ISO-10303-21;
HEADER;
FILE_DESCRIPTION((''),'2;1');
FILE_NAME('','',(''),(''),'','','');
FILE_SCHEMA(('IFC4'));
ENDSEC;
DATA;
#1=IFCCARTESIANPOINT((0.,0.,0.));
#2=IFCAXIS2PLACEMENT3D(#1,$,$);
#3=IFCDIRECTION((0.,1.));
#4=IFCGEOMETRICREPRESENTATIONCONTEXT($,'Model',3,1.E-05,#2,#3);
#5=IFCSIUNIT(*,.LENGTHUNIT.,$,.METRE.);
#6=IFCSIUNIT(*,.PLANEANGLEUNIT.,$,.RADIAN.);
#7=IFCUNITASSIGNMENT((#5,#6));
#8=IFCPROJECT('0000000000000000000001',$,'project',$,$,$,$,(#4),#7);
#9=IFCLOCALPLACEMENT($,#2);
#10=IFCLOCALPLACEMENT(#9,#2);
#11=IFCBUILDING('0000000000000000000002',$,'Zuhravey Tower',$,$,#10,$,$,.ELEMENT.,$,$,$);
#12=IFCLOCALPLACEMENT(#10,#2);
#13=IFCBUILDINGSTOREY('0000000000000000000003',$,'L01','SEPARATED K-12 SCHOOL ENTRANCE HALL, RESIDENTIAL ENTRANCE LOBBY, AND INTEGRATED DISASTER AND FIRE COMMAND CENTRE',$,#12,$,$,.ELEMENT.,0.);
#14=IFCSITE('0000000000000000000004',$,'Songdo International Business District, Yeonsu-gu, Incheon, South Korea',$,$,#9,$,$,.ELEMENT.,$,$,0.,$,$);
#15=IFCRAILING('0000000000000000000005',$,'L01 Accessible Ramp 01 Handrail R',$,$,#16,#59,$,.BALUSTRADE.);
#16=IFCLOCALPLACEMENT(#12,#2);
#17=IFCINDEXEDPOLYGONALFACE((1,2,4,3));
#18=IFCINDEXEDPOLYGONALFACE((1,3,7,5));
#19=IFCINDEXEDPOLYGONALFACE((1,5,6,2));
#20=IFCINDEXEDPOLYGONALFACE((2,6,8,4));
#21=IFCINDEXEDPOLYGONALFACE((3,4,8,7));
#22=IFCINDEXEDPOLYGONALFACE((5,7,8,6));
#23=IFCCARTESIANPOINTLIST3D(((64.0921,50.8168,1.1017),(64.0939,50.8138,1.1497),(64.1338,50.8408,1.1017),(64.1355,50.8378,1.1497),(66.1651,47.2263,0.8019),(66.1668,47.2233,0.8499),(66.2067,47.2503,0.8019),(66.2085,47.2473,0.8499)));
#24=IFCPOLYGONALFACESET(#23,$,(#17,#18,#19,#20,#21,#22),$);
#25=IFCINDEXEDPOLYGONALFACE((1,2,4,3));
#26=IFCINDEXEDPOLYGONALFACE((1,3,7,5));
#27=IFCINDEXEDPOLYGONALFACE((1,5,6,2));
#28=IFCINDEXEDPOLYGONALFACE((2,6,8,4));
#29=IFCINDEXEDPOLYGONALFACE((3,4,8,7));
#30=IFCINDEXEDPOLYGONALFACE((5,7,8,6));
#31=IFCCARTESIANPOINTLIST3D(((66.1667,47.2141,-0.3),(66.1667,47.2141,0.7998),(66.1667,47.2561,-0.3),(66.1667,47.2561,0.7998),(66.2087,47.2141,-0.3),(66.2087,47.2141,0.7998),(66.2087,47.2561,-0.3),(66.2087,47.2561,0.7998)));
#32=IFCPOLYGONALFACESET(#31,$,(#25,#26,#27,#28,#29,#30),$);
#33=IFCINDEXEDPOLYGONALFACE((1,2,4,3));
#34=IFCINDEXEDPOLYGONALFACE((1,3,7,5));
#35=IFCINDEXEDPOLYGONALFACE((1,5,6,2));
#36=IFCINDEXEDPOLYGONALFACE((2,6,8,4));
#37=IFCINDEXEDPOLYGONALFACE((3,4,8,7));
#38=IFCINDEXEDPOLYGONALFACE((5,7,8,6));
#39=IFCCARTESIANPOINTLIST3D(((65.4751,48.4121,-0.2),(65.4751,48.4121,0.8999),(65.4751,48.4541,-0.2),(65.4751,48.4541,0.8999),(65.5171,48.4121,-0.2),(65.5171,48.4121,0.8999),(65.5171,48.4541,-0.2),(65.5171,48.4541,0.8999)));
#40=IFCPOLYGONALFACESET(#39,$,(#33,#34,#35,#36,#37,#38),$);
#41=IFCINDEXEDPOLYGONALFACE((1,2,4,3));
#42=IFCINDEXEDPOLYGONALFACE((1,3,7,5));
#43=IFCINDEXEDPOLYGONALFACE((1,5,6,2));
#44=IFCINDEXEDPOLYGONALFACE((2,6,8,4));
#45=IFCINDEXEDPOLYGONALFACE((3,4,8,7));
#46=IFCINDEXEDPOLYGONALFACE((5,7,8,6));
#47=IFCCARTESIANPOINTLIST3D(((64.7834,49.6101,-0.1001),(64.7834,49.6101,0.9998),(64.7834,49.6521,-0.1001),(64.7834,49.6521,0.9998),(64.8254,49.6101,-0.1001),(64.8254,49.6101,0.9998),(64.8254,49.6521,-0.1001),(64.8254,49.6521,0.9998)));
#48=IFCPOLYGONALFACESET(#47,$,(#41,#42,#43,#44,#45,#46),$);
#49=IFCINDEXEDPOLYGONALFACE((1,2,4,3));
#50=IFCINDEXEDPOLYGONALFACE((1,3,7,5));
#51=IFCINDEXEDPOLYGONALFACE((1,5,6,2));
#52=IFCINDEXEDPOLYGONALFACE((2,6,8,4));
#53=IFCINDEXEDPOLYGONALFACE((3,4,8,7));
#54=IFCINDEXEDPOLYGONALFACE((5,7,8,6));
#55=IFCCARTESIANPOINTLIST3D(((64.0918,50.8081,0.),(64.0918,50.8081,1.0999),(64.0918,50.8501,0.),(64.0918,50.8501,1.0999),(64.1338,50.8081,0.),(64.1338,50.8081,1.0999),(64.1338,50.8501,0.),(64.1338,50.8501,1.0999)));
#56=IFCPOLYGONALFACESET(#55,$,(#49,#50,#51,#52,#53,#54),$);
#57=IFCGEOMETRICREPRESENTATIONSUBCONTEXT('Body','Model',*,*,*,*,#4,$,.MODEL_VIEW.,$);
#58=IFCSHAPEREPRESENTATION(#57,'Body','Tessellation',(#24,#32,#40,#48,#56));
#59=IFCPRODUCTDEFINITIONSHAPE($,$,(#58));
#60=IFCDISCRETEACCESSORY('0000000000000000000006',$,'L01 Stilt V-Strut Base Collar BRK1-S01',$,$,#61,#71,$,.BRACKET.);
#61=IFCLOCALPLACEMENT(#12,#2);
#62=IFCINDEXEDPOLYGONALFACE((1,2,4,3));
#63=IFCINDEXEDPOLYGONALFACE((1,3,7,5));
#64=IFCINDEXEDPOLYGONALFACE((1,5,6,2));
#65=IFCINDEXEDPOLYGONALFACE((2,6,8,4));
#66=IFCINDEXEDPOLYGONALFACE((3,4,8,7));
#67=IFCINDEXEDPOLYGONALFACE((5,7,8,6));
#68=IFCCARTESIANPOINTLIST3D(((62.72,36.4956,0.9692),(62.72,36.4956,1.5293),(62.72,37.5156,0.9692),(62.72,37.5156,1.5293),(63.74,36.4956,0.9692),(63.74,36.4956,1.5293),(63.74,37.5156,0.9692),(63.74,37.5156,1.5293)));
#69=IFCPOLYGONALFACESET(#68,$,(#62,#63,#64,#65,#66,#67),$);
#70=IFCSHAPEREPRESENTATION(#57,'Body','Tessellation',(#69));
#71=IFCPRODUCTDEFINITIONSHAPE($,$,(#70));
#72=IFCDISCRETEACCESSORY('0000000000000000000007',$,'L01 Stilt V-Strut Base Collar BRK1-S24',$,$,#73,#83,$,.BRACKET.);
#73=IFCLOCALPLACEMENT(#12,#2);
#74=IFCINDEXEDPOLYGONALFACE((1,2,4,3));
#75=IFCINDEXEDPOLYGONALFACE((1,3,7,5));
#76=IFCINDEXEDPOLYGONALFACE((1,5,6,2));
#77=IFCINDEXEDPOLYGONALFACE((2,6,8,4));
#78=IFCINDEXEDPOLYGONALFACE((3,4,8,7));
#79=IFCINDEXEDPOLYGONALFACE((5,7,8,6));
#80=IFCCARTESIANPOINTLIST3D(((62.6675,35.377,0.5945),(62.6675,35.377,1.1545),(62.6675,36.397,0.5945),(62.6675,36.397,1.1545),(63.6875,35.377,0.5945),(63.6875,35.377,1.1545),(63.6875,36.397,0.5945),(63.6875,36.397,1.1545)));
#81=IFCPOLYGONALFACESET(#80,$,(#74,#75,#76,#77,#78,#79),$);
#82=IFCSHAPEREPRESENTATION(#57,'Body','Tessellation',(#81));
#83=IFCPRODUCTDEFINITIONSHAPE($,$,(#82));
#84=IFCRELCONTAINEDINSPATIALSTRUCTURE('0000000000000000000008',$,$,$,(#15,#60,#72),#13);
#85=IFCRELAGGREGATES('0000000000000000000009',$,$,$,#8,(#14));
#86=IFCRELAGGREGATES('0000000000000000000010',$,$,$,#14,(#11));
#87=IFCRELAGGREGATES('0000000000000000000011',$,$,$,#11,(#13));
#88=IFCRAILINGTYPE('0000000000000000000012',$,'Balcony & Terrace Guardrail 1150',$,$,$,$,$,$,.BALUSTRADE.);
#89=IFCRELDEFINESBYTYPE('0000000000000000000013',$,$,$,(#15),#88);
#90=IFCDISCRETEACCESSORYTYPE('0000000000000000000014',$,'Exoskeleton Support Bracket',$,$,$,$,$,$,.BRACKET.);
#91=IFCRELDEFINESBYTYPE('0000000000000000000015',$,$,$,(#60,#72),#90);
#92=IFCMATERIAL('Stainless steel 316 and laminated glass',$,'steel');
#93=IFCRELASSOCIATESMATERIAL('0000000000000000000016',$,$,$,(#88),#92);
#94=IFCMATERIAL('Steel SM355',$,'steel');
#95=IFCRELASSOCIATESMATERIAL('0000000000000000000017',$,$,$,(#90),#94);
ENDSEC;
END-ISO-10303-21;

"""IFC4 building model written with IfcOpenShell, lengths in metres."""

from ifc_helpers import new_model, si_unit, direction, frame, origin, origin_2d, place, context, subcontext, project, spatial, rectangle, extrude, material, type_object, element, save


model = new_model("IFC4")

# Units and contexts
model_context = context("Model", 3, precision=1e-05, world=origin(), true_north=direction((0.0, 1.0)))
body_context = subcontext(model_context, "Body", "Model", "MODEL_VIEW")
ifc_project = project(units=[si_unit("LENGTHUNIT", "METRE"), si_unit("PLANEANGLEUNIT", "RADIAN")], contexts=[model_context])

# Site, building, storey
site_placement = place(None, origin())
site = spatial("IfcSite", under=ifc_project, at=site_placement, Name="Songdo International Business District, Yeonsu-gu, Incheon, South Korea", CompositionType="ELEMENT", RefElevation=0.0)
building_placement = place(site_placement, origin())
building = spatial("IfcBuilding", under=site, at=building_placement, Name="Zuhravey Tower", CompositionType="ELEMENT")
storey_placement = place(building_placement, origin())
storey = spatial("IfcBuildingStorey", under=building, at=storey_placement, Name="L01", Description="SEPARATED K-12 SCHOOL ENTRANCE HALL, RESIDENTIAL ENTRANCE LOBBY, AND INTEGRATED DISASTER AND FIRE COMMAND CENTRE", CompositionType="ELEMENT", Elevation=0.0)

# Railing
ifc_material_1 = material(Name="Stainless steel 316 and laminated glass", Category="steel")
railing_type = type_object("IfcRailingType", Name="Balcony & Terrace Guardrail 1150", PredefinedType="BALUSTRADE", material=ifc_material_1)
for number, where, name in (
    (1, (66.1877, 47.2351, -0.3), "L01 Accessible Ramp 01 Handrail R"),
):
    element("IfcRailing", number, at=place(storey_placement, frame(where)), inside=storey, type_object=railing_type, Name=name, PredefinedType="BALUSTRADE", context=body_context, shape_type="SweptSolid", body=[
        extrude(rectangle(XDim=0.0481, YDim=0.0481, at=origin_2d()), frame((-0.001, 0.0017, 1.126), z_axis=(-0.498691, 0.863775, 0.072113), x_axis=(-0.86603, -0.499992, 0.0)), (0.0, 0.0, 1.0), 4.1567),
        extrude(rectangle(XDim=0.042, YDim=0.042, at=origin_2d()), origin(), (0.0, 0.0, 1.0), 1.0999),
        extrude(rectangle(XDim=0.042, YDim=0.042, at=origin_2d()), frame((-0.6917, 1.198, 0.1001)), (0.0, 0.0, 1.0), 1.0999),
        extrude(rectangle(XDim=0.042, YDim=0.042, at=origin_2d()), frame((-1.3833, 2.396, 0.2)), (0.0, 0.0, 1.0), 1.0999),
        extrude(rectangle(XDim=0.042, YDim=0.042, at=origin_2d()), frame((-2.075, 3.594, 0.3)), (0.0, 0.0, 1.0), 1.0999),
    ])

# Discrete accessories
ifc_material_2 = material(Name="Steel SM355", Category="steel")
discrete_accessory_type = type_object("IfcDiscreteAccessoryType", Name="Exoskeleton Support Bracket", PredefinedType="BRACKET", material=ifc_material_2)
for number, where, z_axis, x_axis, name in (
    (2, (63.23, 37.0056, 0.9692), (0.0, 0.0, 1.0), (1.0, 0.0, 0.0), "L01 Stilt V-Strut Base Collar BRK1-S01"),
    (3, (63.1775, 35.887, 0.5945), (0.0, 0.0, 1.0), (1.0, 0.0, 0.0), "L01 Stilt V-Strut Base Collar BRK1-S24"),
):
    element("IfcDiscreteAccessory", number, at=place(storey_placement, frame(where, z_axis=z_axis, x_axis=x_axis)), inside=storey, type_object=discrete_accessory_type, Name=name, PredefinedType="BRACKET", context=body_context, shape_type="SweptSolid", body=[
        extrude(rectangle(XDim=1.02, YDim=1.02, at=origin_2d()), origin(), (0.0, 0.0, 1.0), 0.5601),
    ])

save(model, "model.ifc")
